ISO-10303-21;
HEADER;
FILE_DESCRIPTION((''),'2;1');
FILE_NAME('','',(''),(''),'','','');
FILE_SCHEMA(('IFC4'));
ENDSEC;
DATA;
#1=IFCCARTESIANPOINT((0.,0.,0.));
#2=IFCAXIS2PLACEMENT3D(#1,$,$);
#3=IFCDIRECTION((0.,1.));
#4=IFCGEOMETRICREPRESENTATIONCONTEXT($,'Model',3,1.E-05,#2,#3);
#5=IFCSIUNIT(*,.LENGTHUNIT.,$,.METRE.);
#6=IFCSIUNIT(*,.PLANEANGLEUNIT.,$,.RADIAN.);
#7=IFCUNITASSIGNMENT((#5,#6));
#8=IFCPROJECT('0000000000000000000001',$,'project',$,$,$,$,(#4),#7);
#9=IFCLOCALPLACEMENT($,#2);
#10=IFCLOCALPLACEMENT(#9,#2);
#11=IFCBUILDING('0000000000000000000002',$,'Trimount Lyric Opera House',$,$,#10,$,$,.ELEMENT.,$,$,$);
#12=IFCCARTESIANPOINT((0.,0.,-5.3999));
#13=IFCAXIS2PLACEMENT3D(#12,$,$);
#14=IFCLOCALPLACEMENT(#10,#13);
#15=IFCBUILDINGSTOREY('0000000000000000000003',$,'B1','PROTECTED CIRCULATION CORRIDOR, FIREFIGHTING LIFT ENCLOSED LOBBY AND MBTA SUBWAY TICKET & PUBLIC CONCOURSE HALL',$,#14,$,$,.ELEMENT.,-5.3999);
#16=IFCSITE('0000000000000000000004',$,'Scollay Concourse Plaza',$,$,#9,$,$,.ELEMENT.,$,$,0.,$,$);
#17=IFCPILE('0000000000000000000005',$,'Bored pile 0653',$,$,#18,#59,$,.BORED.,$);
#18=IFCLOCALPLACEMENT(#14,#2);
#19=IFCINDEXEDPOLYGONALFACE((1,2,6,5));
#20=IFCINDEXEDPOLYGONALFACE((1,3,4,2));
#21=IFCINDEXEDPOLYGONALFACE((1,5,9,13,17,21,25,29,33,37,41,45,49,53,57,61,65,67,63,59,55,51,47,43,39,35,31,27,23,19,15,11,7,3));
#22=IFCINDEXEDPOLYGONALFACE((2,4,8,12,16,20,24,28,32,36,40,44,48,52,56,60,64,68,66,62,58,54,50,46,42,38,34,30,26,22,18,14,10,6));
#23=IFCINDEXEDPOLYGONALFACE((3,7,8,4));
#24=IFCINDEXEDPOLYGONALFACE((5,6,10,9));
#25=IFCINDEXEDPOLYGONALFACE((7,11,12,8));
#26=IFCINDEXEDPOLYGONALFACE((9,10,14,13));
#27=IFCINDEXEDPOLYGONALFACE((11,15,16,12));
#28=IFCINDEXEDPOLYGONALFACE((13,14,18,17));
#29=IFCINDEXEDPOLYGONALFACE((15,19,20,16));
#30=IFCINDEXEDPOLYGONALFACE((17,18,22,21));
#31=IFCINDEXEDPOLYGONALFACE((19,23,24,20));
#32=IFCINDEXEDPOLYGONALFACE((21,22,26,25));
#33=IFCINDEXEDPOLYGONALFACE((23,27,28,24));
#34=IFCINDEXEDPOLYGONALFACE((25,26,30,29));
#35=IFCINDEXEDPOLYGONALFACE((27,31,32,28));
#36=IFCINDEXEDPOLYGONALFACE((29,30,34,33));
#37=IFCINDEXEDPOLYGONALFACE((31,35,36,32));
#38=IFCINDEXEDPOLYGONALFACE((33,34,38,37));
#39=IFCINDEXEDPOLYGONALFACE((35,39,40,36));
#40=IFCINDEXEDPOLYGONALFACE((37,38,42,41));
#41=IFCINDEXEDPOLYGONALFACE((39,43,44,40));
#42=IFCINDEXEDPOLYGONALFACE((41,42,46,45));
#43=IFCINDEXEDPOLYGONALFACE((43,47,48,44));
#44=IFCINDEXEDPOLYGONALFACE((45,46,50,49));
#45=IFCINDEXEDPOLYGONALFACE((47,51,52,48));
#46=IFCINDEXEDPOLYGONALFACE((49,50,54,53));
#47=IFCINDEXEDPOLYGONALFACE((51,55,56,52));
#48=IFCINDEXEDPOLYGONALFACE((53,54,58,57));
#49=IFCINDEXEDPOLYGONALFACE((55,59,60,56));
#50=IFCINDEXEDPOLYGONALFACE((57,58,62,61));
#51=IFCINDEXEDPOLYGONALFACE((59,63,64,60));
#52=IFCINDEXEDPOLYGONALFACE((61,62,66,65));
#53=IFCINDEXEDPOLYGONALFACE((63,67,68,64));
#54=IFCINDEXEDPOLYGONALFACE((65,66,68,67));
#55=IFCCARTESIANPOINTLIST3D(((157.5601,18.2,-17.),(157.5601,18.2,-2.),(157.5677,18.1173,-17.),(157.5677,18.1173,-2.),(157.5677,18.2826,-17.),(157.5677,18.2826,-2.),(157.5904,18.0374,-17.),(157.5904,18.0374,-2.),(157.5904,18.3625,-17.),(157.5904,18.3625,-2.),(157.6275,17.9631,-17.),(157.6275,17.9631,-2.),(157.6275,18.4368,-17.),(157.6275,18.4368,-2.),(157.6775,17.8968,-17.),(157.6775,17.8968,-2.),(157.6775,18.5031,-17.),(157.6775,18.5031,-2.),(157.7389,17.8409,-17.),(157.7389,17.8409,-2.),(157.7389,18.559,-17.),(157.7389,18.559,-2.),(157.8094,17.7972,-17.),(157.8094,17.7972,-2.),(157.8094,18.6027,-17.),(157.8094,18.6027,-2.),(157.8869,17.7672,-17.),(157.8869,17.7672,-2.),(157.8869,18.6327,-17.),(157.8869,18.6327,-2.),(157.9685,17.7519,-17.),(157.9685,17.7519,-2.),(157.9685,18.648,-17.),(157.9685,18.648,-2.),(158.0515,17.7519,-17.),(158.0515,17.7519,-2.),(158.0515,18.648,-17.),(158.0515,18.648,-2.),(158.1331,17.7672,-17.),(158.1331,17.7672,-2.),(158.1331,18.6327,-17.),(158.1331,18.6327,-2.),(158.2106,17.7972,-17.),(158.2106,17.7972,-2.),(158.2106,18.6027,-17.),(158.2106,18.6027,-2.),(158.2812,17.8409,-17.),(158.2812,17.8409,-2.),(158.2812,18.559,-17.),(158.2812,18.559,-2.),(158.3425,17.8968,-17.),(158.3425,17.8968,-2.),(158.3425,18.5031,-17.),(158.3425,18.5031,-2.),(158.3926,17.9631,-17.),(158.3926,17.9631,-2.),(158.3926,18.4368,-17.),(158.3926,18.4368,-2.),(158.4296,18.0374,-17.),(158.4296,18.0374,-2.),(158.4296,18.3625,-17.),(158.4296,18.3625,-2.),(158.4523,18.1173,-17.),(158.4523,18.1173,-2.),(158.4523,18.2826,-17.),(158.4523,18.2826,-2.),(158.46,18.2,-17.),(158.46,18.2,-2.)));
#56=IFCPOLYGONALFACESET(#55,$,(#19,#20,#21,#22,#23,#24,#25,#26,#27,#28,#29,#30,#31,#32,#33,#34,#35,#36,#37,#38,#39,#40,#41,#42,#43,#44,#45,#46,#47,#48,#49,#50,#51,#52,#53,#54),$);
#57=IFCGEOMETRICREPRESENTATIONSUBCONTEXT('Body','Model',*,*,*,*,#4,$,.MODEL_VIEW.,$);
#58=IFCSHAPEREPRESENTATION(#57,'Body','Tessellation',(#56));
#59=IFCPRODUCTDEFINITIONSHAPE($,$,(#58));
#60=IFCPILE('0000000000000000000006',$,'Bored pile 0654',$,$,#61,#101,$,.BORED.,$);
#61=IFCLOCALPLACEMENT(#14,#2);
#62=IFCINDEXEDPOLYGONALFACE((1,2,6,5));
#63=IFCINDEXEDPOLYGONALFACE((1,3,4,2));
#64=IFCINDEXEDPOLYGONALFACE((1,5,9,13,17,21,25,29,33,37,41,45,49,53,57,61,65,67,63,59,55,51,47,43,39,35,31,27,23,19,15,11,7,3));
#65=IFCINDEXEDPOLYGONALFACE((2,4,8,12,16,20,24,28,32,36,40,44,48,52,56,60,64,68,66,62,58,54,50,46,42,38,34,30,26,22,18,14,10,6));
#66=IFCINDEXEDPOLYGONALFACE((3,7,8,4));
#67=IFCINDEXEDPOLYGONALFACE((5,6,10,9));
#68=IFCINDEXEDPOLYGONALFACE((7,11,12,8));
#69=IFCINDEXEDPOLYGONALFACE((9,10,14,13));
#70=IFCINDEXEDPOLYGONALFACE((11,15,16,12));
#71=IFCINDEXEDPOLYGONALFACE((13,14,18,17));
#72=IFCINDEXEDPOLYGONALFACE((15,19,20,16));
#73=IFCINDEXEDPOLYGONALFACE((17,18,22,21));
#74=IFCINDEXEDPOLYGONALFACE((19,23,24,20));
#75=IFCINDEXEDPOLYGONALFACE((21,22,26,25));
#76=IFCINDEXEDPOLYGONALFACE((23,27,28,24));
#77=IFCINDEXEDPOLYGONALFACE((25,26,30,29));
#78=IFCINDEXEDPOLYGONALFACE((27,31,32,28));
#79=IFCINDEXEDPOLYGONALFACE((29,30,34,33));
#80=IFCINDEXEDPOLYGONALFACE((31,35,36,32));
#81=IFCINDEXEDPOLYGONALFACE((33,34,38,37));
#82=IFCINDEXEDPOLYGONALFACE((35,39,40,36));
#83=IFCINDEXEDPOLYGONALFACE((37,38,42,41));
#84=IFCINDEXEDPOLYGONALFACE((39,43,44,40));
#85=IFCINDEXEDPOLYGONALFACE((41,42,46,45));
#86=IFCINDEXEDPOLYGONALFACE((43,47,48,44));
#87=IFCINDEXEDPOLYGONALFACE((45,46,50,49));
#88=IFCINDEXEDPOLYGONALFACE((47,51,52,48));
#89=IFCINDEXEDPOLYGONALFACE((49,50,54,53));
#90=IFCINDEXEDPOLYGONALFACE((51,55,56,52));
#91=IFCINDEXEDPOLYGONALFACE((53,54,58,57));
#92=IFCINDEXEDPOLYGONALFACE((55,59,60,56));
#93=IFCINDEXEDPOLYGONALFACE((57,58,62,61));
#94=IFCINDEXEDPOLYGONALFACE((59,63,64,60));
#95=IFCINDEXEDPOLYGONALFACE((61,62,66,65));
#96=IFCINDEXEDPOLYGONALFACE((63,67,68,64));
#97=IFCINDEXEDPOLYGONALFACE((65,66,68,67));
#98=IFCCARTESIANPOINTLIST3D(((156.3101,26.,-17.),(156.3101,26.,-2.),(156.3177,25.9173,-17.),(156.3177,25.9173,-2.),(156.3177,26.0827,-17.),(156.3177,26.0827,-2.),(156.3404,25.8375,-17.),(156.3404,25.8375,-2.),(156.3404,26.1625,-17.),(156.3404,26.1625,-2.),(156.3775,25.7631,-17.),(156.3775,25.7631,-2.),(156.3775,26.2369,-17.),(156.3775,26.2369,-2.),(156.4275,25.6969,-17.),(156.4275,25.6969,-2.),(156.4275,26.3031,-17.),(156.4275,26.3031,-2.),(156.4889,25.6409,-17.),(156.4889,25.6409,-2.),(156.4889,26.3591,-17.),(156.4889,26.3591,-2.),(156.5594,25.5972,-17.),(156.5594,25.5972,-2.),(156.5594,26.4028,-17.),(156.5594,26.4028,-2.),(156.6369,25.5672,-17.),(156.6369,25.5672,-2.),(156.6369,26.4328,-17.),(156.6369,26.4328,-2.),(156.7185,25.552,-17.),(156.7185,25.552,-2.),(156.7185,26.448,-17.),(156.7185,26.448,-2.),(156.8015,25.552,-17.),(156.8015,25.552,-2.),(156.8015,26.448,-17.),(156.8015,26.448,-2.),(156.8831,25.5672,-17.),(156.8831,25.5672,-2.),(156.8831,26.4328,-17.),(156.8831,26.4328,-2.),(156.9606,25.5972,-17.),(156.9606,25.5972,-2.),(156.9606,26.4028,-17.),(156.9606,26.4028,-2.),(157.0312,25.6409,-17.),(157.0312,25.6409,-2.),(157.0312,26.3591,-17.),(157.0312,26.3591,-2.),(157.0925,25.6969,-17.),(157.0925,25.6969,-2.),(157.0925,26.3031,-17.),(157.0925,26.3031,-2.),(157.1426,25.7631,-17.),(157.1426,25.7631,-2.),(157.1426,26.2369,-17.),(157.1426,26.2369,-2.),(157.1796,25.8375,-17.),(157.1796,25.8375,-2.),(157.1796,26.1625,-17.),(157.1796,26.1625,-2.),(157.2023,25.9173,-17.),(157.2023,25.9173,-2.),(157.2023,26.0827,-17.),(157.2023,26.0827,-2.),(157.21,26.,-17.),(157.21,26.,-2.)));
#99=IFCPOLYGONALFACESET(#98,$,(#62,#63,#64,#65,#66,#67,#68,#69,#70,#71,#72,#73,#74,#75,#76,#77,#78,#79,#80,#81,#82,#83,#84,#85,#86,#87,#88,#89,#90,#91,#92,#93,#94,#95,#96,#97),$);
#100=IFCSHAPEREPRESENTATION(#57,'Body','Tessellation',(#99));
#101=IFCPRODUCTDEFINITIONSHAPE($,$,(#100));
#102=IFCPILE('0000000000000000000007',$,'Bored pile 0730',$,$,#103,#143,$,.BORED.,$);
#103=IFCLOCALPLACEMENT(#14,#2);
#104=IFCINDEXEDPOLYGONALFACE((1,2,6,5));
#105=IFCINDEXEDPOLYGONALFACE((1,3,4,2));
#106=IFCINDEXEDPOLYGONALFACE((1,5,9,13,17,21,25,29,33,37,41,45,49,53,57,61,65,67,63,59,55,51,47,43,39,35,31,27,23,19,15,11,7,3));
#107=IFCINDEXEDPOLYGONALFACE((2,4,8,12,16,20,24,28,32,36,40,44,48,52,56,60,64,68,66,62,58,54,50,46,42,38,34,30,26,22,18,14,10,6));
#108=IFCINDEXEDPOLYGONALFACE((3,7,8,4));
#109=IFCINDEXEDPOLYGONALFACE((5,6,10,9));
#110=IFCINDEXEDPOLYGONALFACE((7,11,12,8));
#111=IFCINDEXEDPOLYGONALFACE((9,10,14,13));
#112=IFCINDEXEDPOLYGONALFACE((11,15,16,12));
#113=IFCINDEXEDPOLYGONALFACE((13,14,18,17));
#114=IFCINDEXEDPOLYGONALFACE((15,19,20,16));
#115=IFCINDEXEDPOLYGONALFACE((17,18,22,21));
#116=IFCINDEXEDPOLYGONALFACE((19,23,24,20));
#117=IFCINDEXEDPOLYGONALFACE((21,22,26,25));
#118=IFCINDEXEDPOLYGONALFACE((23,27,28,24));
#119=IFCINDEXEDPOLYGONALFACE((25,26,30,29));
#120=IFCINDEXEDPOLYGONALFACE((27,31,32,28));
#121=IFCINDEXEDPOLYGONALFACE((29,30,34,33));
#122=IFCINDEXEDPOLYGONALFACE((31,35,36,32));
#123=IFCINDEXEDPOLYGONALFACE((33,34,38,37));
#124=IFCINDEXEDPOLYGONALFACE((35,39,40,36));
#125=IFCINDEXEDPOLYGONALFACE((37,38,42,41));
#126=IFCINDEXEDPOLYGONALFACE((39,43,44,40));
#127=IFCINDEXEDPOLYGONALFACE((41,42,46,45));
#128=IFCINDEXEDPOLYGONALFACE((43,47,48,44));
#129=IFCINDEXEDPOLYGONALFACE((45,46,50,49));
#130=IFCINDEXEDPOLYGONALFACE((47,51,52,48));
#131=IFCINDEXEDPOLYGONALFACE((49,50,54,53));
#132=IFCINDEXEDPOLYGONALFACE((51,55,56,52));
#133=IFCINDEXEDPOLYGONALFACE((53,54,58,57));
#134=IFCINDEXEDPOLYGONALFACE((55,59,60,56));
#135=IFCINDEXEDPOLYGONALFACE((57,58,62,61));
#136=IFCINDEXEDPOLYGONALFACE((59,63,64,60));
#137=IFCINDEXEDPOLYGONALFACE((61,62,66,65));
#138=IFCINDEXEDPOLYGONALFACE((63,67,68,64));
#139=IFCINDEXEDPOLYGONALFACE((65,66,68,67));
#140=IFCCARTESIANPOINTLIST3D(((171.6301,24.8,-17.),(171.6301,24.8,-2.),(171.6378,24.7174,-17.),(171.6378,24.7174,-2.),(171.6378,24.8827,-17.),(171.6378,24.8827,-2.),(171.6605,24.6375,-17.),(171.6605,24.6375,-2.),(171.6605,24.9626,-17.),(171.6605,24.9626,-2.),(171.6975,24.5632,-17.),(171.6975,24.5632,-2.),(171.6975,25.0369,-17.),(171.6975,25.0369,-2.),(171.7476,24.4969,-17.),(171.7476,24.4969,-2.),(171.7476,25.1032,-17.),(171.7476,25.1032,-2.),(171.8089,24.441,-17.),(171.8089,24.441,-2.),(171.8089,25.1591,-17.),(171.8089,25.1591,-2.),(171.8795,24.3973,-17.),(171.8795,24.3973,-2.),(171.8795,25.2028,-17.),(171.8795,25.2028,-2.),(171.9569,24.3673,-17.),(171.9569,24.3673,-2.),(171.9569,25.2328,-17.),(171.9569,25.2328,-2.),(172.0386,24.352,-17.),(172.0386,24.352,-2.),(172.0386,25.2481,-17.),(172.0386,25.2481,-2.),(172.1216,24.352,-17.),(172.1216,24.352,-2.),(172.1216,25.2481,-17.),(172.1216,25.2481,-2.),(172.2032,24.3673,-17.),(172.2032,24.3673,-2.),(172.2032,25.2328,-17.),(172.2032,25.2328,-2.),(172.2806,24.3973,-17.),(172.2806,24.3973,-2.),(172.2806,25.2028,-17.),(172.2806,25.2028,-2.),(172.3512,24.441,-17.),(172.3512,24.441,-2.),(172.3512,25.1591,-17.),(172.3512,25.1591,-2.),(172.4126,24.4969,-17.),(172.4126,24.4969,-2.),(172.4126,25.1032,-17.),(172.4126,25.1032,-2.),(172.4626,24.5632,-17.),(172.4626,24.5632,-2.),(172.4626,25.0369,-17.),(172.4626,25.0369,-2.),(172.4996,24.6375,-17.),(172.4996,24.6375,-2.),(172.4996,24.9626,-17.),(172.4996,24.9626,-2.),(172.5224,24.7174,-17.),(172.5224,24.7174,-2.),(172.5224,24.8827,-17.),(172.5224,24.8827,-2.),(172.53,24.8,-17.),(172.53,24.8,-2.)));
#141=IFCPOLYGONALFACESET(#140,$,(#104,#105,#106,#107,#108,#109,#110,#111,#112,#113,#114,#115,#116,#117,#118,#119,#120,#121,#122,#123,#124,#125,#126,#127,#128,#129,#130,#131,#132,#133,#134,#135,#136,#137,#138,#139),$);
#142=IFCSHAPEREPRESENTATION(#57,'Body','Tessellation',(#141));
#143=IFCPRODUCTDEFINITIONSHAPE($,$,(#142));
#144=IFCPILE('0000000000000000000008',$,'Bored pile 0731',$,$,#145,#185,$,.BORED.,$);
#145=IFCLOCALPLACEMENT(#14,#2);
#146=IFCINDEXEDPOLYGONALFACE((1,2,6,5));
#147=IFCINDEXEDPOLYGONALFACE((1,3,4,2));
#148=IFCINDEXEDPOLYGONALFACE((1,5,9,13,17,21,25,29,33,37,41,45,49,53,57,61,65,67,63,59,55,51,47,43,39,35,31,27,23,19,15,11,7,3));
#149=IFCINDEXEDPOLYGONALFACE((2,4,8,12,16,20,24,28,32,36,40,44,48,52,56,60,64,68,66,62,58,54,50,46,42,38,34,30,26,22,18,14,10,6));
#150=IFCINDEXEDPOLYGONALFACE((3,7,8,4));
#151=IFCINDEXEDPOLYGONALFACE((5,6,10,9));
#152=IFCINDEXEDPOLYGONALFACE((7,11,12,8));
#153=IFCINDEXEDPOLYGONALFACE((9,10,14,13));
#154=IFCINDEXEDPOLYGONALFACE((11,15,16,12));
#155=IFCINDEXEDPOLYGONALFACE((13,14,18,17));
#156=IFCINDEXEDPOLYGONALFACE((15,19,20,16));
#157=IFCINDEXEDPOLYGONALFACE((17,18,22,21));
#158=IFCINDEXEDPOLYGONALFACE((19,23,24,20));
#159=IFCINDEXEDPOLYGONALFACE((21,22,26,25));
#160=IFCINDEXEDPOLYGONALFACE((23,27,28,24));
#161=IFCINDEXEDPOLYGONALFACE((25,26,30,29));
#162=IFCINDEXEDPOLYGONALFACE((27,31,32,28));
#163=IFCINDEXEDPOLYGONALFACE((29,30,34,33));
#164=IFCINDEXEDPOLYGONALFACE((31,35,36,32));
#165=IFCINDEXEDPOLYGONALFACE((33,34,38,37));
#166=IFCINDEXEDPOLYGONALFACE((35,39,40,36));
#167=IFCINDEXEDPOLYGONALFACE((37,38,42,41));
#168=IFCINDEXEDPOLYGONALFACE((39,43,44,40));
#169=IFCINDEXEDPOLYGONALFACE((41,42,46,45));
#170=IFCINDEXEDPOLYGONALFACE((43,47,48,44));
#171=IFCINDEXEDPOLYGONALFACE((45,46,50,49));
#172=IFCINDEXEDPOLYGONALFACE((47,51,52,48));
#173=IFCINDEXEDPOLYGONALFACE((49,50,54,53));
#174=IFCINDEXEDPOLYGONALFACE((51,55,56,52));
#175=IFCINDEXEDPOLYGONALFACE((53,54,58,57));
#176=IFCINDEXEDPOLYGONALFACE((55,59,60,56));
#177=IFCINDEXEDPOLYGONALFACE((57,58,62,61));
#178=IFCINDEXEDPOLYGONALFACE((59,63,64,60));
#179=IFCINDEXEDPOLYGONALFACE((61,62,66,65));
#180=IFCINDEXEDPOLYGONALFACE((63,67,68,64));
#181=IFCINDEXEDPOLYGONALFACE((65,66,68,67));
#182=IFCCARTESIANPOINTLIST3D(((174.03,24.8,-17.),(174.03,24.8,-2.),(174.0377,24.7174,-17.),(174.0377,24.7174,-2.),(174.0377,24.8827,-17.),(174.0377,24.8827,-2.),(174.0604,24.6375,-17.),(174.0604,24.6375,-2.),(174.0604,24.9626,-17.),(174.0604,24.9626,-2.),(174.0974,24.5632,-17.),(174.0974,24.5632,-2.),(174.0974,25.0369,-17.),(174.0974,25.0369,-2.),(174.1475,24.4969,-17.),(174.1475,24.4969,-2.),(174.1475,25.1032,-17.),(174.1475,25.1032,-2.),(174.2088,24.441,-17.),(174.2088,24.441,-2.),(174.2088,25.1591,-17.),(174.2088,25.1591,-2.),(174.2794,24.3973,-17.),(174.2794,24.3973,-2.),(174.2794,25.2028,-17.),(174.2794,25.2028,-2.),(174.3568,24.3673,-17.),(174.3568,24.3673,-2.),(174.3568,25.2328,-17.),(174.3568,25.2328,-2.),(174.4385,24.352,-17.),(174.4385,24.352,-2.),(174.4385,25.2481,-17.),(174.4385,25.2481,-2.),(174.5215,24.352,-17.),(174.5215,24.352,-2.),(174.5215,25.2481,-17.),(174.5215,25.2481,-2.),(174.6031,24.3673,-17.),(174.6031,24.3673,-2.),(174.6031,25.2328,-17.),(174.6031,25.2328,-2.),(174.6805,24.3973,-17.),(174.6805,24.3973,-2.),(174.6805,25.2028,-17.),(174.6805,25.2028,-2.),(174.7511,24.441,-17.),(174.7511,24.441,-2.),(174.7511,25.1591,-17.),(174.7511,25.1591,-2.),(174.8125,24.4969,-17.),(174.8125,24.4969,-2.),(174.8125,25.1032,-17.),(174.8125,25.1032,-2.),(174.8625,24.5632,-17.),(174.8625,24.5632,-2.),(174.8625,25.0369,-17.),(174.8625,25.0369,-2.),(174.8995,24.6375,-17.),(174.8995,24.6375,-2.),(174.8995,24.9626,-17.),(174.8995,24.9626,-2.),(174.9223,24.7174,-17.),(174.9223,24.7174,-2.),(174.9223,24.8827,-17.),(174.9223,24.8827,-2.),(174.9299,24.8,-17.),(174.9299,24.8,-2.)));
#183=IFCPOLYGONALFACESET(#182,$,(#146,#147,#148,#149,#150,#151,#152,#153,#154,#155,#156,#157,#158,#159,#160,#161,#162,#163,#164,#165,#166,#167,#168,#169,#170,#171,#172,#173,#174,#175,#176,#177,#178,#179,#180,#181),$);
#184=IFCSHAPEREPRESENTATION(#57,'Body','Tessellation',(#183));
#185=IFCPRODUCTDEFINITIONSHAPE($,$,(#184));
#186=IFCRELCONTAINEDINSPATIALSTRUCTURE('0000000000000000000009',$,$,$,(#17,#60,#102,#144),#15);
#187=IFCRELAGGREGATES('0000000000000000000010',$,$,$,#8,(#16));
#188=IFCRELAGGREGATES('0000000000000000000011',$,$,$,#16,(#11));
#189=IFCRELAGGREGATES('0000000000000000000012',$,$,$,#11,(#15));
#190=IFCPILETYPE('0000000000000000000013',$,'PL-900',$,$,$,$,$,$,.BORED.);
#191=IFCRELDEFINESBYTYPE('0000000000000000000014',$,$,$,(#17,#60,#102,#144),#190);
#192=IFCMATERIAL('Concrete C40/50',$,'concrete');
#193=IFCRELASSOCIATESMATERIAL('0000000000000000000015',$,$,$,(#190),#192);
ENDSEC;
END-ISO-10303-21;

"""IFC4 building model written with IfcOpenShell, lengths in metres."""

from ifc_helpers import new_model, si_unit, direction, frame, origin, origin_2d, place, context, subcontext, project, spatial, circle, extrude, material, material_profile, profile_set, type_object, element, save


model = new_model("IFC4")

# Units and contexts
model_context = context("Model", 3, precision=1e-05, world=origin(), true_north=direction((0.0, 1.0)))
body_context = subcontext(model_context, "Body", "Model", "MODEL_VIEW")
ifc_project = project(units=[si_unit("LENGTHUNIT", "METRE"), si_unit("PLANEANGLEUNIT", "RADIAN")], contexts=[model_context])

# Site, building, storey
site_placement = place(None, origin())
site = spatial("IfcSite", under=ifc_project, at=site_placement, Name="Scollay Concourse Plaza", CompositionType="ELEMENT", RefElevation=0.0)
building_placement = place(site_placement, origin())
building = spatial("IfcBuilding", under=site, at=building_placement, Name="Trimount Lyric Opera House", CompositionType="ELEMENT")
storey_placement = place(building_placement, frame((0.0, 0.0, -5.3999)))
storey = spatial("IfcBuildingStorey", under=building, at=storey_placement, Name="B1", Description="PROTECTED CIRCULATION CORRIDOR, FIREFIGHTING LIFT ENCLOSED LOBBY AND MBTA SUBWAY TICKET & PUBLIC CONCOURSE HALL", CompositionType="ELEMENT", Elevation=-5.3999)

# Piles
ifc_material_1 = material(Name="Concrete C40/50", Category="concrete")
ifc_material_profile_1 = material_profile(ifc_material_1, circle(Radius=0.45, at=origin_2d()), Name="PILE-D900")
ifc_profile_set_1 = profile_set([ifc_material_profile_1], Name="Concrete C40/50")
pile_type_1 = type_object("IfcPileType", Name="PL-900", PredefinedType="BORED", material=ifc_profile_set_1)
for number, where, z_axis, x_axis, name in (
    (1, (158.01, 18.2, -2.0), (0.0, 0.0, -1.0), (1.0, 0.0, 0.0), "Bored pile 0653"),
    (2, (156.76, 26.0, -2.0), (0.0, 0.0, -1.0), (1.0, 0.0, 0.0), "Bored pile 0654"),
    (3, (172.0801, 24.8, -2.0), (0.0, 0.0, -1.0), (1.0, 0.0, 0.0), "Bored pile 0730"),
    (4, (174.48, 24.8, -2.0), (0.0, 0.0, -1.0), (1.0, 0.0, 0.0), "Bored pile 0731"),
):
    element("IfcPile", number, at=place(storey_placement, frame(where, z_axis=z_axis, x_axis=x_axis)), inside=storey, type_object=pile_type_1, Name=name, PredefinedType="BORED", context=body_context, shape_type="SweptSolid", body=[
        extrude(circle(Radius=0.45, at=origin_2d()), origin(), (0.0, 0.0, 1.0), 15.0),
    ])

save(model, "model.ifc")
